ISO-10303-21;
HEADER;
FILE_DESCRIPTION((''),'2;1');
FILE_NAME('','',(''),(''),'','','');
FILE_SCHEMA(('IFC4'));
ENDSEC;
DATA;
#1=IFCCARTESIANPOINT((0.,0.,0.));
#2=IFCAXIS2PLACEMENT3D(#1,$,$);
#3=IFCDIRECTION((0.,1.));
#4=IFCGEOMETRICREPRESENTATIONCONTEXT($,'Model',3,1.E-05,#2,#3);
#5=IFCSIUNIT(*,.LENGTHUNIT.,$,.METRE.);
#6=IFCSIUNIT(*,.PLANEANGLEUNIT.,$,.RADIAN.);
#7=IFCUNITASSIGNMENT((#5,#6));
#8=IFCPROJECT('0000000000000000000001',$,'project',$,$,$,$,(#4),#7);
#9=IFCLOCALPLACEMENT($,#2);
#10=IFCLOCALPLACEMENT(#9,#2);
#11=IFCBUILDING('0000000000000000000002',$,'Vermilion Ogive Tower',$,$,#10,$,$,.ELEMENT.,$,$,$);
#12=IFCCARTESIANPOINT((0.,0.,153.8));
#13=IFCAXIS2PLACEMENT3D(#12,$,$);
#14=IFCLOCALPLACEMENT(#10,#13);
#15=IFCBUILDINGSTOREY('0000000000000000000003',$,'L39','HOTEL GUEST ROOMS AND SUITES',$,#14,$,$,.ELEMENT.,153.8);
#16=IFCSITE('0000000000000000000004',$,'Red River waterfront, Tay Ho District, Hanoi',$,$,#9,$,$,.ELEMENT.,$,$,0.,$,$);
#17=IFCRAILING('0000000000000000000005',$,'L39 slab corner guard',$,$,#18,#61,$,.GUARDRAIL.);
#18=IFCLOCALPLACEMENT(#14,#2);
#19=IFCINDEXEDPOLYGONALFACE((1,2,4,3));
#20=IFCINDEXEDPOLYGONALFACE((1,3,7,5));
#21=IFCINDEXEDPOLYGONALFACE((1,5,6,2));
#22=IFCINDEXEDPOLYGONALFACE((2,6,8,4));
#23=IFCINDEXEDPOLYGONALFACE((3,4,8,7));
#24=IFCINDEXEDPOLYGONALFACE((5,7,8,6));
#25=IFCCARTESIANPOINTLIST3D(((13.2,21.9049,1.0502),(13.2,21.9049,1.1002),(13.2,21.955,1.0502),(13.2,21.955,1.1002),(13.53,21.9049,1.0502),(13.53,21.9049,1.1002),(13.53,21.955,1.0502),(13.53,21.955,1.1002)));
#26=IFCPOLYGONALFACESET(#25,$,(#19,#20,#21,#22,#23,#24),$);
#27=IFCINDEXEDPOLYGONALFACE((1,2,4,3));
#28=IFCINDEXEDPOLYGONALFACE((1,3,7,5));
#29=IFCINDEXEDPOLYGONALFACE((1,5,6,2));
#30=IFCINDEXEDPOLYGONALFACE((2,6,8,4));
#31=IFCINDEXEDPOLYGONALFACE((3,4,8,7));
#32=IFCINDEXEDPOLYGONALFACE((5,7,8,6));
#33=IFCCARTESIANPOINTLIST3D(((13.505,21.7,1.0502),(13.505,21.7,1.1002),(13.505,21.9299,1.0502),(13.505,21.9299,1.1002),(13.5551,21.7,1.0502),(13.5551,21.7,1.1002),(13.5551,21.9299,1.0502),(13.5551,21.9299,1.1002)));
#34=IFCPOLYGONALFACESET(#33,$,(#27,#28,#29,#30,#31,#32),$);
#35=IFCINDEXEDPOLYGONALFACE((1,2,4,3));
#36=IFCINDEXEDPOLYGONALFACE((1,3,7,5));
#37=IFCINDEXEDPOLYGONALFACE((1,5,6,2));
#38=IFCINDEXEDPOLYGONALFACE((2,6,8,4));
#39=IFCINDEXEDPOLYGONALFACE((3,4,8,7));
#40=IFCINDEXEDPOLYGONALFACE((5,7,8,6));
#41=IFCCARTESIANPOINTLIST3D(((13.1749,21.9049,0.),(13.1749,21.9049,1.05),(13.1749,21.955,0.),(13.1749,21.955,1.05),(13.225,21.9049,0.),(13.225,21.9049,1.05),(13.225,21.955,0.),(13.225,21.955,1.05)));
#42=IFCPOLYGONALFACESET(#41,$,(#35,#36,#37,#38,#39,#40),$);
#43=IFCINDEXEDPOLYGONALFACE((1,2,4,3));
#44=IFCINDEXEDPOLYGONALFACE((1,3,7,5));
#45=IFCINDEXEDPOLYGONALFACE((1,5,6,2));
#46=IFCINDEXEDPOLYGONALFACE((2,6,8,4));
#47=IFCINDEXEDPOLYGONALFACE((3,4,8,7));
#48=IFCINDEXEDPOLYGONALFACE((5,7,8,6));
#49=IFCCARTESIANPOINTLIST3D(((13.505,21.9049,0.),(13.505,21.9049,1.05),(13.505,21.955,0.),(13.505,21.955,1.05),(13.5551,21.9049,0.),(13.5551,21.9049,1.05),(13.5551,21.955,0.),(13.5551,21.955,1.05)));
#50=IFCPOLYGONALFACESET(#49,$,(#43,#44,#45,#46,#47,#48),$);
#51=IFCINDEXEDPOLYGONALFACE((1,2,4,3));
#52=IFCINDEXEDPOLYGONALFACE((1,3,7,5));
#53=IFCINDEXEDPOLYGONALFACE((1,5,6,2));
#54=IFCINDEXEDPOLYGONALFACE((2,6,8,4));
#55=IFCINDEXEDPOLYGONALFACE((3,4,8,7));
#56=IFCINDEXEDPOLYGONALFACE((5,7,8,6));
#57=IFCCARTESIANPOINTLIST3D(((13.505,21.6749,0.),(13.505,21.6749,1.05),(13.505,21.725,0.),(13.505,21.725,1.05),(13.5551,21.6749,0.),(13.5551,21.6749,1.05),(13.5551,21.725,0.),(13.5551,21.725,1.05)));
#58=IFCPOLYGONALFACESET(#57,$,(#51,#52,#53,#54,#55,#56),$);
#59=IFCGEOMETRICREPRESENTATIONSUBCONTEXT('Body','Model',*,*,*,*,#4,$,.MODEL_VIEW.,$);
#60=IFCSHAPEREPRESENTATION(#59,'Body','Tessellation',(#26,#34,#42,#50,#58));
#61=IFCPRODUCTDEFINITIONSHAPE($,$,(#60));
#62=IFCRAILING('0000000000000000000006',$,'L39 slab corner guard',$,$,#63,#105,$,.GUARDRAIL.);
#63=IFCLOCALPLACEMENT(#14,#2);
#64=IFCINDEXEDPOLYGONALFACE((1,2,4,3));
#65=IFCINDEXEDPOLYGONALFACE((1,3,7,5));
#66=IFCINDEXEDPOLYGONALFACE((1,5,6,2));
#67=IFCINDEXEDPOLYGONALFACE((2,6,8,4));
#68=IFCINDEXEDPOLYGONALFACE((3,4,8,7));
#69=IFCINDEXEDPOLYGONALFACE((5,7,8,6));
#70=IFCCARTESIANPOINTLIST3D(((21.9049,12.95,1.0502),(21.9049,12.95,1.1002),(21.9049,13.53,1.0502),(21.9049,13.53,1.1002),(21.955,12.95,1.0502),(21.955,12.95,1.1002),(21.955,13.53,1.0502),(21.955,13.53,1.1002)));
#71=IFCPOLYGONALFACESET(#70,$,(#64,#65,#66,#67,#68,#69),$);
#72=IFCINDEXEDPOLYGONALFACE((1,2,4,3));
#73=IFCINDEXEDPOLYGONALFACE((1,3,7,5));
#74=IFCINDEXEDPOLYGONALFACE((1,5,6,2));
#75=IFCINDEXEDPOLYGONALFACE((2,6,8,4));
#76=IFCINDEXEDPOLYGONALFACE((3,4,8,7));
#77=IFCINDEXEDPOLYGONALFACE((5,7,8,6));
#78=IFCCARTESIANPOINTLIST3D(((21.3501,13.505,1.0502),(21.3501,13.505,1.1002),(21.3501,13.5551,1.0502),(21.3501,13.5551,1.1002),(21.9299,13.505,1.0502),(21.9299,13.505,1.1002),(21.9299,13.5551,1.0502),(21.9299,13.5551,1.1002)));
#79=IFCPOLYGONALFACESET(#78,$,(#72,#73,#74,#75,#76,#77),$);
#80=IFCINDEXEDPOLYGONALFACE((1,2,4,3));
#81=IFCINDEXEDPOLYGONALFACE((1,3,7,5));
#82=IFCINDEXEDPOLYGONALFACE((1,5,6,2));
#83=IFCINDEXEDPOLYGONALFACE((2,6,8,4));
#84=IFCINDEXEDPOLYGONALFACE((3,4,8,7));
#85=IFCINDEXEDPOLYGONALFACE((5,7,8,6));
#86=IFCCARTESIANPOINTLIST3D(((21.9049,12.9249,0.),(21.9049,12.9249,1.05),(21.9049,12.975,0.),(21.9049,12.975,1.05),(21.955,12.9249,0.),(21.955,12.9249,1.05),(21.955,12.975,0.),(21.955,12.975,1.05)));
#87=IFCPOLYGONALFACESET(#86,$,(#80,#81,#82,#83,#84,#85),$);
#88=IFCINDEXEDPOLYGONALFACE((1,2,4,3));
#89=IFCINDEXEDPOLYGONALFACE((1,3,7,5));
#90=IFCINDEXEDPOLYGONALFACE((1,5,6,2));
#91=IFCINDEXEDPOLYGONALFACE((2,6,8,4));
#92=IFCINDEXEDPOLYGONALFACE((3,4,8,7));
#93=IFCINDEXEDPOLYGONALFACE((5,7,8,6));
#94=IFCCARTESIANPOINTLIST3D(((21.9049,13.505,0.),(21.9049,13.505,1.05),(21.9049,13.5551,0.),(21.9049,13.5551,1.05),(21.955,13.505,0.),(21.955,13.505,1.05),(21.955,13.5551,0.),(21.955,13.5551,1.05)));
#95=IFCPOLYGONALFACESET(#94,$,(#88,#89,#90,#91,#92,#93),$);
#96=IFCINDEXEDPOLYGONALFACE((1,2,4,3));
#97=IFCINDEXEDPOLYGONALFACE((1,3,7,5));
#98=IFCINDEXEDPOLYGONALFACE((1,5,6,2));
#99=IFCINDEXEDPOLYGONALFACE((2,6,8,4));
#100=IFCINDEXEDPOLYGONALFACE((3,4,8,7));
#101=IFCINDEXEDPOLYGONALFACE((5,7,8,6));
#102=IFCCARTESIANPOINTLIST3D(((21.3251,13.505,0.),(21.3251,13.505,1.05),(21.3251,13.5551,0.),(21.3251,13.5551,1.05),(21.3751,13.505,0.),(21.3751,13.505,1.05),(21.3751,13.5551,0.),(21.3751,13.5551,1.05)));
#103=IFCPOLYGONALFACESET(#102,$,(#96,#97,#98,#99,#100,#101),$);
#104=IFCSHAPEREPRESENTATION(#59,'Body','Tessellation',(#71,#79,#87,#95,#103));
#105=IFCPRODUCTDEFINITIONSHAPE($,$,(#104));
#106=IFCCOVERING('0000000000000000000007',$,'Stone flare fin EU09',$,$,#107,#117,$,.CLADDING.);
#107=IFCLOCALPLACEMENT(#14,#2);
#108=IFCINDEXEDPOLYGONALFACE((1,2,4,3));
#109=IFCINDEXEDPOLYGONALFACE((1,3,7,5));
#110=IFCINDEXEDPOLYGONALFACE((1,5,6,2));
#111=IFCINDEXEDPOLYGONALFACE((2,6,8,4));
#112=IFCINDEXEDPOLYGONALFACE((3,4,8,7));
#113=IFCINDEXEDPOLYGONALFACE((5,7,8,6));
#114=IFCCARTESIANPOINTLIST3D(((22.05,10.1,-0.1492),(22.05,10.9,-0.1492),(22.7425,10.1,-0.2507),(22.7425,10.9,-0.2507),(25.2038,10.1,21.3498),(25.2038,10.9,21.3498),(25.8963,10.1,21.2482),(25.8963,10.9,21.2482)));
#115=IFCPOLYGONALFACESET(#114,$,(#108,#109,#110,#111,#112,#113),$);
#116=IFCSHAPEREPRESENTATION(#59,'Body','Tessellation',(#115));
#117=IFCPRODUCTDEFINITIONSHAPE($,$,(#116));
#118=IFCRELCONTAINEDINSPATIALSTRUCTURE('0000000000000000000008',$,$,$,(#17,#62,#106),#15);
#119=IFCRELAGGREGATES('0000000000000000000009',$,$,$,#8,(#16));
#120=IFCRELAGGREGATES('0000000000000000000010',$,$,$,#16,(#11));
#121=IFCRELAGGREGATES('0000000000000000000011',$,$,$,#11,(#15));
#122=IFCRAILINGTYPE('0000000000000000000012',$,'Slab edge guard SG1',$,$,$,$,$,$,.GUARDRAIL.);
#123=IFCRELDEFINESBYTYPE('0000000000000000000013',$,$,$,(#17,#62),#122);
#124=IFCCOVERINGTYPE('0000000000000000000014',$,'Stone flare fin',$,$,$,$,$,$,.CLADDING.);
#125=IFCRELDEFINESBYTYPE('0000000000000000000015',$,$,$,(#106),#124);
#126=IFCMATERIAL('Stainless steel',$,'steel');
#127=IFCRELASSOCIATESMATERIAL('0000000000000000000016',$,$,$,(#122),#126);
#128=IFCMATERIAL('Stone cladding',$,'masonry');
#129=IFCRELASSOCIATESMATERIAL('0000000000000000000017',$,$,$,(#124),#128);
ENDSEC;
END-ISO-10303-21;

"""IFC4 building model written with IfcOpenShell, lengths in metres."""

from ifc_helpers import new_model, si_unit, direction, frame, origin, origin_2d, place, context, subcontext, project, spatial, rectangle, extrude, material, material_profile, profile_set, type_object, element, save


model = new_model("IFC4")

# Units and contexts
model_context = context("Model", 3, precision=1e-05, world=origin(), true_north=direction((0.0, 1.0)))
body_context = subcontext(model_context, "Body", "Model", "MODEL_VIEW")
ifc_project = project(units=[si_unit("LENGTHUNIT", "METRE"), si_unit("PLANEANGLEUNIT", "RADIAN")], contexts=[model_context])

# Site, building, storey
site_placement = place(None, origin())
site = spatial("IfcSite", under=ifc_project, at=site_placement, Name="Red River waterfront, Tay Ho District, Hanoi", CompositionType="ELEMENT", RefElevation=0.0)
building_placement = place(site_placement, origin())
building = spatial("IfcBuilding", under=site, at=building_placement, Name="Vermilion Ogive Tower", CompositionType="ELEMENT")
storey_placement = place(building_placement, frame((0.0, 0.0, 153.8)))
storey = spatial("IfcBuildingStorey", under=building, at=storey_placement, Name="L39", Description="HOTEL GUEST ROOMS AND SUITES", CompositionType="ELEMENT", Elevation=153.8)

# Railings
ifc_material_1 = material(Name="Stainless steel", Category="steel")
railing_type = type_object("IfcRailingType", Name="Slab edge guard SG1", PredefinedType="GUARDRAIL", material=ifc_material_1)
railing_1_placement = place(storey_placement, frame((13.2, 21.9299, 0.0)))
element("IfcRailing", 1, at=railing_1_placement, inside=storey, type_object=railing_type, Name="L39 slab corner guard", PredefinedType="GUARDRAIL", context=body_context, shape_type="SweptSolid", body=[
    extrude(rectangle(XDim=0.05, YDim=0.05, at=origin_2d()), frame((0.0, 0.0, 1.0752), z_axis=(1.0, 0.0, 0.0), x_axis=(0.0, 1.0, 0.0)), (0.0, 0.0, 1.0), 0.3301),
    extrude(rectangle(XDim=0.05, YDim=0.05, at=origin_2d()), frame((0.3301, 0.0, 1.0752), z_axis=(0.0, -1.0, 0.0), x_axis=(1.0, 0.0, 0.0)), (0.0, 0.0, 1.0), 0.23),
    extrude(rectangle(XDim=0.05, YDim=0.05, at=origin_2d()), origin(), (0.0, 0.0, 1.0), 1.05),
    extrude(rectangle(XDim=0.05, YDim=0.05, at=origin_2d()), frame((0.3301, 0.0, 0.0)), (0.0, 0.0, 1.0), 1.05),
    extrude(rectangle(XDim=0.05, YDim=0.05, at=origin_2d()), frame((0.3301, -0.23, 0.0)), (0.0, 0.0, 1.0), 1.05),
])
railing_2_placement = place(storey_placement, frame((21.9299, 12.95, 0.0)))
element("IfcRailing", 2, at=railing_2_placement, inside=storey, type_object=railing_type, Name="L39 slab corner guard", PredefinedType="GUARDRAIL", context=body_context, shape_type="SweptSolid", body=[
    extrude(rectangle(XDim=0.05, YDim=0.05, at=origin_2d()), frame((0.0, 0.0, 1.0752), z_axis=(0.0, 1.0, 0.0), x_axis=(-1.0, 0.0, 0.0)), (0.0, 0.0, 1.0), 0.5801),
    extrude(rectangle(XDim=0.05, YDim=0.05, at=origin_2d()), frame((0.0, 0.5801, 1.0752), z_axis=(-1.0, 0.0, 0.0), x_axis=(0.0, -1.0, 0.0)), (0.0, 0.0, 1.0), 0.5798),
    extrude(rectangle(XDim=0.05, YDim=0.05, at=origin_2d()), origin(), (0.0, 0.0, 1.0), 1.05),
    extrude(rectangle(XDim=0.05, YDim=0.05, at=origin_2d()), frame((0.0, 0.5801, 0.0)), (0.0, 0.0, 1.0), 1.05),
    extrude(rectangle(XDim=0.05, YDim=0.05, at=origin_2d()), frame((-0.5798, 0.5801, 0.0)), (0.0, 0.0, 1.0), 1.05),
])

# Covering
ifc_material_2 = material(Name="Stone cladding", Category="masonry")
ifc_material_profile_1 = material_profile(ifc_material_2, rectangle(XDim=0.8, YDim=0.7, at=origin_2d()), Name="STONE 800x700")
ifc_profile_set_1 = profile_set([ifc_material_profile_1], Name="Stone cladding")
covering_type = type_object("IfcCoveringType", Name="Stone flare fin", PredefinedType="CLADDING", material=ifc_profile_set_1)
covering_placement = place(storey_placement, frame((22.3962, 10.5, -0.2), z_axis=(0.145142, 0.0, 0.989411), x_axis=(0.0, 1.0, 0.0)))
element("IfcCovering", 3, at=covering_placement, inside=storey, type_object=covering_type, Name="Stone flare fin EU09", PredefinedType="CLADDING", context=body_context, shape_type="SweptSolid", body=[
    extrude(rectangle(XDim=0.8, YDim=0.7, at=origin_2d()), origin(), (0.0, 0.0, 1.0), 21.729),
])

save(model, "model.ifc")
